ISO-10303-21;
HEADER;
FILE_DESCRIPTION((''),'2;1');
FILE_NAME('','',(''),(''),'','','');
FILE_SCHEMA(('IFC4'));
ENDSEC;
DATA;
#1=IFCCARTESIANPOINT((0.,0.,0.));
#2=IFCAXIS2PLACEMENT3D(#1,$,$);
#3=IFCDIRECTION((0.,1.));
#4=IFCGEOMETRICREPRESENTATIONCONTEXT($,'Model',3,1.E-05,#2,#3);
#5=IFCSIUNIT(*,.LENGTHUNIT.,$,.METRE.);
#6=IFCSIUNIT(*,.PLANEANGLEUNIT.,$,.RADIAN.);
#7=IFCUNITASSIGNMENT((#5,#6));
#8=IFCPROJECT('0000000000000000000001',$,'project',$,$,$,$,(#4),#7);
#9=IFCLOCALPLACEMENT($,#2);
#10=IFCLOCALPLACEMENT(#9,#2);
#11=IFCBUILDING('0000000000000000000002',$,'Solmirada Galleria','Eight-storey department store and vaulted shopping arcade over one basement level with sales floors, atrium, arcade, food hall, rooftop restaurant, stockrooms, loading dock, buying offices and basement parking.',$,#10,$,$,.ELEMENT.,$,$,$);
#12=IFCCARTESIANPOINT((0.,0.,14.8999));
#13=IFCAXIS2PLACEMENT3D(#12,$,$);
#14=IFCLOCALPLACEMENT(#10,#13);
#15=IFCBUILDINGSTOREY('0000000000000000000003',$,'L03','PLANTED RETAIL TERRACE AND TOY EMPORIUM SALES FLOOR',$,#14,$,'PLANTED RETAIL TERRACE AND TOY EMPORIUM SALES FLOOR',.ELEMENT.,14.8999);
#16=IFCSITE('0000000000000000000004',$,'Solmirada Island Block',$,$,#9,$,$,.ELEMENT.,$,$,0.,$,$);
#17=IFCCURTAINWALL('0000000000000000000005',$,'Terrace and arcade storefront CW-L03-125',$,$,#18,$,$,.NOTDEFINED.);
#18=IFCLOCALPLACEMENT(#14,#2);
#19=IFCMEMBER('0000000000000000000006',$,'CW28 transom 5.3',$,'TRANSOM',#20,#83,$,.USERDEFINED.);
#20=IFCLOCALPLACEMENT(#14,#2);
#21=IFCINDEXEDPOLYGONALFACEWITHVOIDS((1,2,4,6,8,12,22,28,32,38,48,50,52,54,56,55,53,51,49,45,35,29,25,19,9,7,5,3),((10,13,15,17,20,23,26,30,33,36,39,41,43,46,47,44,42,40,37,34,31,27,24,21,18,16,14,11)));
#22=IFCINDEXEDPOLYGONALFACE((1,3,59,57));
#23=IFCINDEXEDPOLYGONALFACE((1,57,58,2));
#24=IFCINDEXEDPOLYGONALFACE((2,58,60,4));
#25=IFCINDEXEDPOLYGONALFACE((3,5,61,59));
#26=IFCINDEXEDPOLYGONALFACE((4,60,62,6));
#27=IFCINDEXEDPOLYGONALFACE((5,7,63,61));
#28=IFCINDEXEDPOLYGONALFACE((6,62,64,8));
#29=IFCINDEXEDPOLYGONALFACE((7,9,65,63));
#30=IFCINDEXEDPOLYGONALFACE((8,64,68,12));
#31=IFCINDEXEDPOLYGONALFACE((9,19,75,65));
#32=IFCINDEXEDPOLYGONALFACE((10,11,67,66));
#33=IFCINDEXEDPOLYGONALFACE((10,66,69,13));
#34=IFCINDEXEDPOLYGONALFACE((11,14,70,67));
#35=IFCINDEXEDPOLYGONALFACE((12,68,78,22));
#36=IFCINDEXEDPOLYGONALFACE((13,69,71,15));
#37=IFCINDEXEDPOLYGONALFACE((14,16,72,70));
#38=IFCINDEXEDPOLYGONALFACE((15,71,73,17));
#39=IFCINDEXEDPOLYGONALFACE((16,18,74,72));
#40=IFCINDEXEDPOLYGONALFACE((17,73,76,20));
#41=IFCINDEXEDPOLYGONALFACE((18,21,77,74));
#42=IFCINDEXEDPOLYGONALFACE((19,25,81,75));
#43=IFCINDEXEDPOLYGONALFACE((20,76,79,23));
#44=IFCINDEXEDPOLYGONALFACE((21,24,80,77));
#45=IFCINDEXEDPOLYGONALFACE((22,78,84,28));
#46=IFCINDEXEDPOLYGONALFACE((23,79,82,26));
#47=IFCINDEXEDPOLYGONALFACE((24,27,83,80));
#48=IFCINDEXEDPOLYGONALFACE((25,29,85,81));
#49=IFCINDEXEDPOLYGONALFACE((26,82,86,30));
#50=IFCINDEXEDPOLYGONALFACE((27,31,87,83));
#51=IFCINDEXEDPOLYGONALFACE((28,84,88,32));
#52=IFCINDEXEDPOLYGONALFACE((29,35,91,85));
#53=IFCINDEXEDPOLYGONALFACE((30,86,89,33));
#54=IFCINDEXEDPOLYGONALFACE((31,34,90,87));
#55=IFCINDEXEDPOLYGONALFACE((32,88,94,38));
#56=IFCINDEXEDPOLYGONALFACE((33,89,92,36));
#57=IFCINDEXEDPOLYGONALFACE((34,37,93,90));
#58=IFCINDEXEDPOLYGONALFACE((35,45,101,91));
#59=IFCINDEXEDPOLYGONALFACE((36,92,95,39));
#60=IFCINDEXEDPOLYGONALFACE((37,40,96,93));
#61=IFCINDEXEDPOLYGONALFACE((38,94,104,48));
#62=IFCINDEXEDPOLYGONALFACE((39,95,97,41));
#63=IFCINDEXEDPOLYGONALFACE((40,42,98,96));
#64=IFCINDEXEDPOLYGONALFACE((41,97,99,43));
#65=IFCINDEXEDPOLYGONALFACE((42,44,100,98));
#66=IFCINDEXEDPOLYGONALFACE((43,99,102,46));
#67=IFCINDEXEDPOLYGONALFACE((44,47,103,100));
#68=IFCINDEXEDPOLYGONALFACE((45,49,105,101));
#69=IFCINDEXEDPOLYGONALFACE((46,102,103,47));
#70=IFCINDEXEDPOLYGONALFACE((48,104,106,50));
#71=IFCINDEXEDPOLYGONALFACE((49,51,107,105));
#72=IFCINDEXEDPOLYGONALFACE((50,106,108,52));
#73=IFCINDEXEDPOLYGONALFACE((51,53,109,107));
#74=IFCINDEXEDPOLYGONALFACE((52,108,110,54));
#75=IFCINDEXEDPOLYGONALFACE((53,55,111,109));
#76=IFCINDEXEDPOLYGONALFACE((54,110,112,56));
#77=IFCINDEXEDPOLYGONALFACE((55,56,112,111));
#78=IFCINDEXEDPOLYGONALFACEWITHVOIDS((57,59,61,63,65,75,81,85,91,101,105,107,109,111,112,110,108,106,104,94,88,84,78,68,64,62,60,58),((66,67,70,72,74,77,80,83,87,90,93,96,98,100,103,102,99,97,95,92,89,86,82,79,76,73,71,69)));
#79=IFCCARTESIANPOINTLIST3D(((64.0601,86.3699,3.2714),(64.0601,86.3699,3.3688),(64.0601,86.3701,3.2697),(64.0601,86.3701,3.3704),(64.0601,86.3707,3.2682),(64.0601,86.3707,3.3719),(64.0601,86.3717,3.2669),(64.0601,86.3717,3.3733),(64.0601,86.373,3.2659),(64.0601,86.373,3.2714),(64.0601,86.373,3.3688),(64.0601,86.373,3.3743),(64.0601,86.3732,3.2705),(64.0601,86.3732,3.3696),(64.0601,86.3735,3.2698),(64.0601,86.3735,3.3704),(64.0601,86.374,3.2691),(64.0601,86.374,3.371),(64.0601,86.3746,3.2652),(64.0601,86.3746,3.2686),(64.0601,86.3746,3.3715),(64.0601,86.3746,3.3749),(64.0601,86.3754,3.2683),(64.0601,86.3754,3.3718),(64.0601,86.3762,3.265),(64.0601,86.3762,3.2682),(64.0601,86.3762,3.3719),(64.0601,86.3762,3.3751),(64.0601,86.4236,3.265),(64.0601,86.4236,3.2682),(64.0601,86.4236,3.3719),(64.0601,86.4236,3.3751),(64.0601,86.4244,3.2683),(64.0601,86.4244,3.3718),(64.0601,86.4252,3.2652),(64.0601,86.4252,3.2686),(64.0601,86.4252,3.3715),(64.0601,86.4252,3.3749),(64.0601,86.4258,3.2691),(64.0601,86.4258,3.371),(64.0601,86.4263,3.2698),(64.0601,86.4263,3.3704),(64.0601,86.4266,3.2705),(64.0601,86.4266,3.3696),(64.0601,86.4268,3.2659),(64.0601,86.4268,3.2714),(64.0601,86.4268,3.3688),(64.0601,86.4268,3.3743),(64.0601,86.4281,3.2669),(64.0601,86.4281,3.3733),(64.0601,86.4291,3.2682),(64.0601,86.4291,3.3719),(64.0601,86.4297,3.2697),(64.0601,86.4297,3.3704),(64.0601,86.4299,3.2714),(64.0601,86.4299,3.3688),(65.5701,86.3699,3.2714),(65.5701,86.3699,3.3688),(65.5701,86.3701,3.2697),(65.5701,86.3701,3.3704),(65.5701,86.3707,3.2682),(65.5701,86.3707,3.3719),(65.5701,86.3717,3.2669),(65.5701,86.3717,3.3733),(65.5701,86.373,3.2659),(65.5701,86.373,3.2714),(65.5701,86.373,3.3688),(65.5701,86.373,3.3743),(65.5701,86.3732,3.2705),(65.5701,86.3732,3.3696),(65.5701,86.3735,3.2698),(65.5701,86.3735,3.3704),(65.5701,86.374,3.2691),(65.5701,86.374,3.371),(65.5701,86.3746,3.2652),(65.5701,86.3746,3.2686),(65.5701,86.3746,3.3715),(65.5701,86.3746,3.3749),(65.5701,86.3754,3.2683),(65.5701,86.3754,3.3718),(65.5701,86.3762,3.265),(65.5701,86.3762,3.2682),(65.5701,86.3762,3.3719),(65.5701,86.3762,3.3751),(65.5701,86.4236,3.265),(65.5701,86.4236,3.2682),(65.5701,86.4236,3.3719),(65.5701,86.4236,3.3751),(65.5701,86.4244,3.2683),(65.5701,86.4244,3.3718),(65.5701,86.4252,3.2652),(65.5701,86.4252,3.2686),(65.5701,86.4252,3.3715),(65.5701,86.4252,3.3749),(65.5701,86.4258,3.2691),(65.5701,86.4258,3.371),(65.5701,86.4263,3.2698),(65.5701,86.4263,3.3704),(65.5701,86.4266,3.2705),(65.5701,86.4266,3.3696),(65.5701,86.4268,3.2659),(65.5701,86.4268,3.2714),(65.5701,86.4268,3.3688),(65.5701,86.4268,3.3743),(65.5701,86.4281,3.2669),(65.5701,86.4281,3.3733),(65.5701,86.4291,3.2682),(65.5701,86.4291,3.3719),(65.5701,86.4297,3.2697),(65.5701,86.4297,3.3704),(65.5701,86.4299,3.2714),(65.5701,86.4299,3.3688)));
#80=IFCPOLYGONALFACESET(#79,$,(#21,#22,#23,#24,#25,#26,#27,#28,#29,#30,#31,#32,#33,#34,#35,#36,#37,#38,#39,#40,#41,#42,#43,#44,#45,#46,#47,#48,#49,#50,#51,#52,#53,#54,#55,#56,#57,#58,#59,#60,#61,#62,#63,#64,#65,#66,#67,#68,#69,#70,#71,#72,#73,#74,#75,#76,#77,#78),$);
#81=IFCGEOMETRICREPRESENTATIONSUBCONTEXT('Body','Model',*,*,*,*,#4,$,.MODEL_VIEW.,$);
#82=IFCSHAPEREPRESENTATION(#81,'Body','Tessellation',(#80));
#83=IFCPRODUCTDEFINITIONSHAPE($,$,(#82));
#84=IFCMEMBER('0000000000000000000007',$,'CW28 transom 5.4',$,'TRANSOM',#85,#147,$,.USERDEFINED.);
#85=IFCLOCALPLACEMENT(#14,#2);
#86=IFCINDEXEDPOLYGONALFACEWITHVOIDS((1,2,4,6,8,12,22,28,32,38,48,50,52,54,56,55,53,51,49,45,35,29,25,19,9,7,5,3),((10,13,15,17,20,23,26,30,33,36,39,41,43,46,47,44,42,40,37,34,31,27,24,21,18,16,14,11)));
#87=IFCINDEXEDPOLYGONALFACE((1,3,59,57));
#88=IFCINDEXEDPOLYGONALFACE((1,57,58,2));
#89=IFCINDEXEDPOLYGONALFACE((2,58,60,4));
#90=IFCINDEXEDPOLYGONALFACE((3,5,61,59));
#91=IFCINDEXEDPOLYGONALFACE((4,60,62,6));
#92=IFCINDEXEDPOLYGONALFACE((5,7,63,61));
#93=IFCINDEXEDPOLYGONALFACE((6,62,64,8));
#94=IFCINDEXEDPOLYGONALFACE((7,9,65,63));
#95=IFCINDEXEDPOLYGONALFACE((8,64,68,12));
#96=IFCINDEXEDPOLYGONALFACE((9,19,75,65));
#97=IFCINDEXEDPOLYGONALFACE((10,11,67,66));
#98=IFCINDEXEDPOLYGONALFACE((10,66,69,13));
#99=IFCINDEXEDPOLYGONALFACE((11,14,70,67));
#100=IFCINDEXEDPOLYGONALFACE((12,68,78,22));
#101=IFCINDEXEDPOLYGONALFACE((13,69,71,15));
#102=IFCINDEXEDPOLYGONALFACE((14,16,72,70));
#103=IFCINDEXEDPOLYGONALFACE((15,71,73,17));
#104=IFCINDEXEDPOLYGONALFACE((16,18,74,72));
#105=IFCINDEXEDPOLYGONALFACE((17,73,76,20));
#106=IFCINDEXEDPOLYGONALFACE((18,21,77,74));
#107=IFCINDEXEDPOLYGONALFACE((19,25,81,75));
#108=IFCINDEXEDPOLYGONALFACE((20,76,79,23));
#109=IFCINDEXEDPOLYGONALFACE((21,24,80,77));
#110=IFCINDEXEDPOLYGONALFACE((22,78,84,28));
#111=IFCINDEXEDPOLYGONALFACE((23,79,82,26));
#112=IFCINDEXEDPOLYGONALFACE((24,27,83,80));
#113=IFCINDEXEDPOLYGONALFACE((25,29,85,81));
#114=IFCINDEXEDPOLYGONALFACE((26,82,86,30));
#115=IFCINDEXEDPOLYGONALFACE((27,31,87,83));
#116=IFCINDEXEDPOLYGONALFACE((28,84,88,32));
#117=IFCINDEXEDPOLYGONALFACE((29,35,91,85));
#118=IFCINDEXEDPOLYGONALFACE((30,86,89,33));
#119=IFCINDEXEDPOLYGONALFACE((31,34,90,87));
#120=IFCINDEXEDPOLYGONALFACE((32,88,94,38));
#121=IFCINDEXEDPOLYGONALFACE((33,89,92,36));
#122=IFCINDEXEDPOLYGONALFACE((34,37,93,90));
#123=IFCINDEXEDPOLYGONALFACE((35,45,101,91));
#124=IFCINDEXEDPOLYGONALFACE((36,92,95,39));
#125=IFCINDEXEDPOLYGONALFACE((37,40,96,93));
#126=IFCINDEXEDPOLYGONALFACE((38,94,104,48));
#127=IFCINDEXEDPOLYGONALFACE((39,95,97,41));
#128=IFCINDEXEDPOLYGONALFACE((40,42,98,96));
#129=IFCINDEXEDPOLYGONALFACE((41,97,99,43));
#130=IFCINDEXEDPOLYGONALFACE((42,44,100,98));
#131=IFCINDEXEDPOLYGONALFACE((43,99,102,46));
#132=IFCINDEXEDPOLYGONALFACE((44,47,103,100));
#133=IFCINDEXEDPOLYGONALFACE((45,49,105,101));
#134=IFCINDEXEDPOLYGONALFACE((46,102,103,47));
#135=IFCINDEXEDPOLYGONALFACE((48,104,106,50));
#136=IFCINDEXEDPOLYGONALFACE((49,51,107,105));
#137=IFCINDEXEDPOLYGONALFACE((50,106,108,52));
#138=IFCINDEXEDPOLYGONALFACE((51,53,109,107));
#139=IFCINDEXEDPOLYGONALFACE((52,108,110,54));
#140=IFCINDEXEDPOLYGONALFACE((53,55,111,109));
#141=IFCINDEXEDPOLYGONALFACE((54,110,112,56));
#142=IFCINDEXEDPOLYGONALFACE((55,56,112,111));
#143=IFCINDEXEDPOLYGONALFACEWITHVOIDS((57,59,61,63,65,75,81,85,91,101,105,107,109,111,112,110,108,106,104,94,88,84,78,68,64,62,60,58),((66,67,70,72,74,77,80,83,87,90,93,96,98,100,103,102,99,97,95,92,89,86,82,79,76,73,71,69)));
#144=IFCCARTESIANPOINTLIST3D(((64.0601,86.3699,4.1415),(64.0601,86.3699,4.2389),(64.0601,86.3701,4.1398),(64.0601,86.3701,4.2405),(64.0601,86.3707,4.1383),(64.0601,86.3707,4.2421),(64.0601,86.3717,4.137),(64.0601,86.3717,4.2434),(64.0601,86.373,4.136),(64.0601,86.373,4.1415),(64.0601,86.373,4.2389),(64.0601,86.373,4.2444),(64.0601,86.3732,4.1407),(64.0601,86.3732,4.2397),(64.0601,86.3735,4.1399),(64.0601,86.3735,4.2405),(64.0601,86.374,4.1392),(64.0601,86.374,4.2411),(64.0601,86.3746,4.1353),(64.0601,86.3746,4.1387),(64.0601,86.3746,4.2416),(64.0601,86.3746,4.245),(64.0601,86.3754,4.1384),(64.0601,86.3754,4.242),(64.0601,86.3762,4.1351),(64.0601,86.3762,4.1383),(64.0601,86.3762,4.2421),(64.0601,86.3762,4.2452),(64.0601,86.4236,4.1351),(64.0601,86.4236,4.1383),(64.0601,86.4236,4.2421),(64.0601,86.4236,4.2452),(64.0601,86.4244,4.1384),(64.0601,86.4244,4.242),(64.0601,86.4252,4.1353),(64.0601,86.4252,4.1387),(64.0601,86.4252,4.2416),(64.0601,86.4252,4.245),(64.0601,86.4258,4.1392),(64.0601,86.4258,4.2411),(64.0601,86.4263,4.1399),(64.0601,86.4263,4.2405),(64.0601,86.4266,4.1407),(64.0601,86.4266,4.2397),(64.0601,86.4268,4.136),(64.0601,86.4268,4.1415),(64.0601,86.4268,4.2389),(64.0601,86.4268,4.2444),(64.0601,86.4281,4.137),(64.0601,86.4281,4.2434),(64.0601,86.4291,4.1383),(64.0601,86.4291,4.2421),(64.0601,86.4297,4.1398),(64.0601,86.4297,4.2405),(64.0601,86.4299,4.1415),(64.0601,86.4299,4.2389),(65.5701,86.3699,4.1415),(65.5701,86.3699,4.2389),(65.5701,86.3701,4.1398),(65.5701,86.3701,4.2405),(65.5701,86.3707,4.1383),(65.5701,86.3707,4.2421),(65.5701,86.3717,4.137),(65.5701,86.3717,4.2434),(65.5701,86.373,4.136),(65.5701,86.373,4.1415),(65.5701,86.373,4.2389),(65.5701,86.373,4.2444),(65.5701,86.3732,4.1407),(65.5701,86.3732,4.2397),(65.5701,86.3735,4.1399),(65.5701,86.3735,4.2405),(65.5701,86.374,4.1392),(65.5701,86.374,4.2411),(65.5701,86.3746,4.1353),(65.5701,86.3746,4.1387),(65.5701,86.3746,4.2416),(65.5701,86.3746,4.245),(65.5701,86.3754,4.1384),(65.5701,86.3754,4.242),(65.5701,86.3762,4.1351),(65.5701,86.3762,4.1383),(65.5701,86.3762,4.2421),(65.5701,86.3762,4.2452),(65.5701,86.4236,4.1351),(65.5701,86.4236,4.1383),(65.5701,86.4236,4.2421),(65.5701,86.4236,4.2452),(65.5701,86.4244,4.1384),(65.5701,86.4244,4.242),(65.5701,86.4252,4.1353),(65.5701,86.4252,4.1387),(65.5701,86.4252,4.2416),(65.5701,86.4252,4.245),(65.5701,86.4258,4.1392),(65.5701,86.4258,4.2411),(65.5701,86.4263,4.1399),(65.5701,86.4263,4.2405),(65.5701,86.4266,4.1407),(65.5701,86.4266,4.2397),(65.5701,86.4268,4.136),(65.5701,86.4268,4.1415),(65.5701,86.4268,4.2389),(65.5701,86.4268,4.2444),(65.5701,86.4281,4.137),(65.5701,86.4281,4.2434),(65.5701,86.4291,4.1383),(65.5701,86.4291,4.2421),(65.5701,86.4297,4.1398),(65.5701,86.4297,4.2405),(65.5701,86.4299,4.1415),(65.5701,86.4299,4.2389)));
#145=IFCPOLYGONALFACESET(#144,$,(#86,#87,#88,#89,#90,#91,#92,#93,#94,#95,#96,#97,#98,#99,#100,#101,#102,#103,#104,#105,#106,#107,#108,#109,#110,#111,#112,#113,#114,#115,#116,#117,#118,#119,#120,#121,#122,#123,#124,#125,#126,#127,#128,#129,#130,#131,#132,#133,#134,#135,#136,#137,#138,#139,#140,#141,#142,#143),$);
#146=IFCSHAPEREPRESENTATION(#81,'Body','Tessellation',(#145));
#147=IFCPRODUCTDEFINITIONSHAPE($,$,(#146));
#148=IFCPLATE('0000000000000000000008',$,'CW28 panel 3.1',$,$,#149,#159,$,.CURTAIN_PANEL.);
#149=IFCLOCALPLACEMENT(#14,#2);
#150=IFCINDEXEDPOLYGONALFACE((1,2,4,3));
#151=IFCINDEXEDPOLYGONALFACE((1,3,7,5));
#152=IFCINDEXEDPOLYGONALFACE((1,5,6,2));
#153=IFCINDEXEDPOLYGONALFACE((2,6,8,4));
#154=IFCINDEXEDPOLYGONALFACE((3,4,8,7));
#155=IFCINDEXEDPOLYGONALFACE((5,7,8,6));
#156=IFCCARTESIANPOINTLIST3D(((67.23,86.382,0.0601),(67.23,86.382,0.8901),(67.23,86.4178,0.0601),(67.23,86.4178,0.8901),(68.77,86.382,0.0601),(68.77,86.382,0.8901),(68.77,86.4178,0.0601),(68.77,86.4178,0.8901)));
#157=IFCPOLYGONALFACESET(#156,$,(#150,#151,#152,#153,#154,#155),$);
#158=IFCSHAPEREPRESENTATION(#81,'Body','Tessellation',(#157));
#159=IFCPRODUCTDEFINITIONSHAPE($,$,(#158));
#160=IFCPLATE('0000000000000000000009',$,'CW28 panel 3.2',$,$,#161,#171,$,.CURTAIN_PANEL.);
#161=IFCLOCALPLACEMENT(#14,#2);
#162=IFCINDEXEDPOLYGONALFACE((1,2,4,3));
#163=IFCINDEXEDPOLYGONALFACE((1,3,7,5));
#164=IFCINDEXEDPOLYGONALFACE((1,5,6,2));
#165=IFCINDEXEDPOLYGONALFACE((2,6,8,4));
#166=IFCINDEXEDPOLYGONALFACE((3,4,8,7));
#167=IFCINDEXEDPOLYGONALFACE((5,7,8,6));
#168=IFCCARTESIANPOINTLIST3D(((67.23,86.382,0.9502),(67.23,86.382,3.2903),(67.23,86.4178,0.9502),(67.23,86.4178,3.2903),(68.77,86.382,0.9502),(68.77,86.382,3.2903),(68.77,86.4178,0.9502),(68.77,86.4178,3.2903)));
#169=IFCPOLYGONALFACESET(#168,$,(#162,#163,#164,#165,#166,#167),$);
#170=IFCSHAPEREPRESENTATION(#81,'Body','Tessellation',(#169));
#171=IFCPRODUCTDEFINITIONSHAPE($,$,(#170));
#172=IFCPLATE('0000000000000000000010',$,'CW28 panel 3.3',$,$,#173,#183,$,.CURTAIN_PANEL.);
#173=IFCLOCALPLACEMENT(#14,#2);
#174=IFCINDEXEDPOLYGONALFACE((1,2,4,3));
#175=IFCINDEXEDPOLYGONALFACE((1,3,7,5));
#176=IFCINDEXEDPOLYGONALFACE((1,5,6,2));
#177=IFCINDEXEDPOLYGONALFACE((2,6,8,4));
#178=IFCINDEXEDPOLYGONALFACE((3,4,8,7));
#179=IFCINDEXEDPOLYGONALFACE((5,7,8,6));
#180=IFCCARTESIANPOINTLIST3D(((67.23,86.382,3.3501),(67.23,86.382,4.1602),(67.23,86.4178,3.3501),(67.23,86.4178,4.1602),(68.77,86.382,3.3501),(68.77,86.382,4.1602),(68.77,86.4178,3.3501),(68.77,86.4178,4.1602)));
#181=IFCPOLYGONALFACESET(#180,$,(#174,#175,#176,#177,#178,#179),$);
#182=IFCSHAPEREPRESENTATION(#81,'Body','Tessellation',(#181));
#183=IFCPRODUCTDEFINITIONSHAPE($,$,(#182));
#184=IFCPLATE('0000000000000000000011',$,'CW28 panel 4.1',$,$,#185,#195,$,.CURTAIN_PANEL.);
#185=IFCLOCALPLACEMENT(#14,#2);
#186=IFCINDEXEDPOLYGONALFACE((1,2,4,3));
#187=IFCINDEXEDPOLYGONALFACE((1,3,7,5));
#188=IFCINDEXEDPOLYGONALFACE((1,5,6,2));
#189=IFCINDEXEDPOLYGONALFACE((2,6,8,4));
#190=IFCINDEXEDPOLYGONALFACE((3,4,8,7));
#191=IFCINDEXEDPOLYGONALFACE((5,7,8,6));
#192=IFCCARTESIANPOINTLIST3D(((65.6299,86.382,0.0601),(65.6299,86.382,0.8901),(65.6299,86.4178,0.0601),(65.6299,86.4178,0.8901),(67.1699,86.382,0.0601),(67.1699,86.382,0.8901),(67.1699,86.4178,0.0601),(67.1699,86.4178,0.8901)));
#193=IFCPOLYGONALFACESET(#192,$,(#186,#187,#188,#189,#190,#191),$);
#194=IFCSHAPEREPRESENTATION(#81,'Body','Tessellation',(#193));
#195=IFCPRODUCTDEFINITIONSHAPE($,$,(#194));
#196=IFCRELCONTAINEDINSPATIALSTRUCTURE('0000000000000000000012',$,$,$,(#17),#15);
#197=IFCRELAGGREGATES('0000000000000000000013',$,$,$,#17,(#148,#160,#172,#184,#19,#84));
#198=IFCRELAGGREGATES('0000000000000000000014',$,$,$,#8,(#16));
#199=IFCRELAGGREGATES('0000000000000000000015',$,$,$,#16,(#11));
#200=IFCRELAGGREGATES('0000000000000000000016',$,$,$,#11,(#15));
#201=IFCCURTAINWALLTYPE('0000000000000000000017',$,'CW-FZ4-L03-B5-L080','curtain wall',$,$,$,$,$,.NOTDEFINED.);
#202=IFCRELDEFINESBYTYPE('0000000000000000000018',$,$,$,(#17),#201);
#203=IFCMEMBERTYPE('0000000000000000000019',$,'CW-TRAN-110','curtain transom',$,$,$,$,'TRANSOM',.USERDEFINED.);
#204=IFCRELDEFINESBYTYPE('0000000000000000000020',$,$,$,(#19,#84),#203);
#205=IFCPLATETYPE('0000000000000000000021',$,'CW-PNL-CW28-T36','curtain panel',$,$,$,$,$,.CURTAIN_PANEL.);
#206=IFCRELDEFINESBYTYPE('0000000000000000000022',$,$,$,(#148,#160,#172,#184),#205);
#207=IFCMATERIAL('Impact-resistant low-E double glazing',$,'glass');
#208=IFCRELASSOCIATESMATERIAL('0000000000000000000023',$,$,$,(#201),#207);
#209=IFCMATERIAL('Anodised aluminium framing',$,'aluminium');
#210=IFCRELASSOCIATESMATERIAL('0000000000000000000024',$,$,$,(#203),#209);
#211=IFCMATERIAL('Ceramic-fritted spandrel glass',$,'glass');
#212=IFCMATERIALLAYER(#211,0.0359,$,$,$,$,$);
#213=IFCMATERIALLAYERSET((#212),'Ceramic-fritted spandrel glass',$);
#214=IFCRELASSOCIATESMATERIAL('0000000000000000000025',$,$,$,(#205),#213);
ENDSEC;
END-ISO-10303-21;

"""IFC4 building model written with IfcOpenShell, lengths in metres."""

from ifc_helpers import new_model, si_unit, direction, frame, origin, origin_2d, place, context, subcontext, project, spatial, rectangle, hollow_rectangle, extrude, material, layer, layer_set, material_profile, profile_set, type_object, element, aggregate, save


model = new_model("IFC4")

# Units and contexts
model_context = context("Model", 3, precision=1e-05, world=origin(), true_north=direction((0.0, 1.0)))
body_context = subcontext(model_context, "Body", "Model", "MODEL_VIEW")
ifc_project = project(units=[si_unit("LENGTHUNIT", "METRE"), si_unit("PLANEANGLEUNIT", "RADIAN")], contexts=[model_context])

# Site, building, storey
site_placement = place(None, origin())
site = spatial("IfcSite", under=ifc_project, at=site_placement, Name="Solmirada Island Block", CompositionType="ELEMENT", RefElevation=0.0)
building_placement = place(site_placement, origin())
building = spatial("IfcBuilding", under=site, at=building_placement, Name="Solmirada Galleria", Description="Eight-storey department store and vaulted shopping arcade over one basement level with sales floors, atrium, arcade, food hall, rooftop restaurant, stockrooms, loading dock, buying offices and basement parking.", CompositionType="ELEMENT")
storey_placement = place(building_placement, frame((0.0, 0.0, 14.8999)))
storey = spatial("IfcBuildingStorey", under=building, at=storey_placement, Name="L03", Description="PLANTED RETAIL TERRACE AND TOY EMPORIUM SALES FLOOR", LongName="PLANTED RETAIL TERRACE AND TOY EMPORIUM SALES FLOOR", CompositionType="ELEMENT", Elevation=14.8999)

# Curtain wall, members, plates
ifc_material_1 = material(Name="Impact-resistant low-E double glazing", Category="glass")
curtain_wall_type = type_object("IfcCurtainWallType", Name="CW-FZ4-L03-B5-L080", Description="curtain wall", PredefinedType="NOTDEFINED", material=ifc_material_1)
curtain_wall_placement = place(storey_placement, origin())
curtain_wall = element("IfcCurtainWall", 1, at=curtain_wall_placement, inside=storey, type_object=curtain_wall_type, Name="Terrace and arcade storefront CW-L03-125", PredefinedType="NOTDEFINED")
ifc_material_2 = material(Name="Anodised aluminium framing", Category="aluminium")
ifc_material_profile_1 = material_profile(ifc_material_2, hollow_rectangle(XDim=0.0601, YDim=0.1101, WallThickness=0.0032, InnerFilletRadius=0.0032, OuterFilletRadius=0.0063, at=origin_2d()), Name="ALU-TRAN-110X60")
ifc_profile_set_1 = profile_set([ifc_material_profile_1], Name="Anodised aluminium framing")
member_type_1 = type_object("IfcMemberType", Name="CW-TRAN-110", Description="curtain transom", ElementType="TRANSOM", PredefinedType="USERDEFINED", material=ifc_profile_set_1)
member_1_placement = place(storey_placement, frame((65.5701, 86.3999, 3.3201), z_axis=(-1.0, 0.0, 0.0), x_axis=(0.0, -1.0, 0.0)))
member_1 = element("IfcMember", 2, at=member_1_placement, type_object=member_type_1, Name="CW28 transom 5.3", ObjectType="TRANSOM", PredefinedType="USERDEFINED", context=body_context, shape_type="SweptSolid", body=[
    extrude(hollow_rectangle(XDim=0.0601, YDim=0.1101, WallThickness=0.0032, InnerFilletRadius=0.0032, OuterFilletRadius=0.0063, at=origin_2d()), origin(), (0.0, 0.0, 1.0), 1.51),
])
member_2_placement = place(storey_placement, frame((65.5701, 86.3999, 4.1902), z_axis=(-1.0, 0.0, 0.0), x_axis=(0.0, -1.0, 0.0)))
member_2 = element("IfcMember", 3, at=member_2_placement, type_object=member_type_1, Name="CW28 transom 5.4", ObjectType="TRANSOM", PredefinedType="USERDEFINED", context=body_context, shape_type="SweptSolid", body=[
    extrude(hollow_rectangle(XDim=0.0601, YDim=0.1101, WallThickness=0.0032, InnerFilletRadius=0.0032, OuterFilletRadius=0.0063, at=origin_2d()), origin(), (0.0, 0.0, 1.0), 1.51),
])
ifc_material_3 = material(Name="Ceramic-fritted spandrel glass", Category="glass")
ifc_layer_1 = layer(ifc_material_3, 0.0359)
ifc_layer_set_1 = layer_set([ifc_layer_1], Name="Ceramic-fritted spandrel glass")
plate_type = type_object("IfcPlateType", Name="CW-PNL-CW28-T36", Description="curtain panel", PredefinedType="CURTAIN_PANEL", material=ifc_layer_set_1)
plate_1_placement = place(storey_placement, frame((68.0, 86.3999, 0.0601), z_axis=(0.0, 0.0, 1.0), x_axis=(-1.0, 0.0, 0.0)))
plate_1 = element("IfcPlate", 4, at=plate_1_placement, type_object=plate_type, Name="CW28 panel 3.1", PredefinedType="CURTAIN_PANEL", context=body_context, shape_type="SweptSolid", body=[
    extrude(rectangle(XDim=1.54, YDim=0.0359, at=origin_2d()), origin(), (0.0, 0.0, 1.0), 0.8301),
])
plate_2_placement = place(storey_placement, frame((68.0, 86.3999, 0.9502), z_axis=(0.0, 0.0, 1.0), x_axis=(-1.0, 0.0, 0.0)))
plate_2 = element("IfcPlate", 5, at=plate_2_placement, type_object=plate_type, Name="CW28 panel 3.2", PredefinedType="CURTAIN_PANEL", context=body_context, shape_type="SweptSolid", body=[
    extrude(rectangle(XDim=1.54, YDim=0.0359, at=origin_2d()), origin(), (0.0, 0.0, 1.0), 2.3401),
])
plate_3_placement = place(storey_placement, frame((68.0, 86.3999, 3.3501), z_axis=(0.0, 0.0, 1.0), x_axis=(-1.0, 0.0, 0.0)))
plate_3 = element("IfcPlate", 6, at=plate_3_placement, type_object=plate_type, Name="CW28 panel 3.3", PredefinedType="CURTAIN_PANEL", context=body_context, shape_type="SweptSolid", body=[
    extrude(rectangle(XDim=1.54, YDim=0.0359, at=origin_2d()), origin(), (0.0, 0.0, 1.0), 0.8101),
])
plate_4_placement = place(storey_placement, frame((66.3999, 86.3999, 0.0601), z_axis=(0.0, 0.0, 1.0), x_axis=(-1.0, 0.0, 0.0)))
plate_4 = element("IfcPlate", 7, at=plate_4_placement, type_object=plate_type, Name="CW28 panel 4.1", PredefinedType="CURTAIN_PANEL", context=body_context, shape_type="SweptSolid", body=[
    extrude(rectangle(XDim=1.54, YDim=0.0359, at=origin_2d()), origin(), (0.0, 0.0, 1.0), 0.8301),
])
aggregate(curtain_wall, [plate_1, plate_2, plate_3, plate_4, member_1, member_2])

save(model, "model.ifc")
